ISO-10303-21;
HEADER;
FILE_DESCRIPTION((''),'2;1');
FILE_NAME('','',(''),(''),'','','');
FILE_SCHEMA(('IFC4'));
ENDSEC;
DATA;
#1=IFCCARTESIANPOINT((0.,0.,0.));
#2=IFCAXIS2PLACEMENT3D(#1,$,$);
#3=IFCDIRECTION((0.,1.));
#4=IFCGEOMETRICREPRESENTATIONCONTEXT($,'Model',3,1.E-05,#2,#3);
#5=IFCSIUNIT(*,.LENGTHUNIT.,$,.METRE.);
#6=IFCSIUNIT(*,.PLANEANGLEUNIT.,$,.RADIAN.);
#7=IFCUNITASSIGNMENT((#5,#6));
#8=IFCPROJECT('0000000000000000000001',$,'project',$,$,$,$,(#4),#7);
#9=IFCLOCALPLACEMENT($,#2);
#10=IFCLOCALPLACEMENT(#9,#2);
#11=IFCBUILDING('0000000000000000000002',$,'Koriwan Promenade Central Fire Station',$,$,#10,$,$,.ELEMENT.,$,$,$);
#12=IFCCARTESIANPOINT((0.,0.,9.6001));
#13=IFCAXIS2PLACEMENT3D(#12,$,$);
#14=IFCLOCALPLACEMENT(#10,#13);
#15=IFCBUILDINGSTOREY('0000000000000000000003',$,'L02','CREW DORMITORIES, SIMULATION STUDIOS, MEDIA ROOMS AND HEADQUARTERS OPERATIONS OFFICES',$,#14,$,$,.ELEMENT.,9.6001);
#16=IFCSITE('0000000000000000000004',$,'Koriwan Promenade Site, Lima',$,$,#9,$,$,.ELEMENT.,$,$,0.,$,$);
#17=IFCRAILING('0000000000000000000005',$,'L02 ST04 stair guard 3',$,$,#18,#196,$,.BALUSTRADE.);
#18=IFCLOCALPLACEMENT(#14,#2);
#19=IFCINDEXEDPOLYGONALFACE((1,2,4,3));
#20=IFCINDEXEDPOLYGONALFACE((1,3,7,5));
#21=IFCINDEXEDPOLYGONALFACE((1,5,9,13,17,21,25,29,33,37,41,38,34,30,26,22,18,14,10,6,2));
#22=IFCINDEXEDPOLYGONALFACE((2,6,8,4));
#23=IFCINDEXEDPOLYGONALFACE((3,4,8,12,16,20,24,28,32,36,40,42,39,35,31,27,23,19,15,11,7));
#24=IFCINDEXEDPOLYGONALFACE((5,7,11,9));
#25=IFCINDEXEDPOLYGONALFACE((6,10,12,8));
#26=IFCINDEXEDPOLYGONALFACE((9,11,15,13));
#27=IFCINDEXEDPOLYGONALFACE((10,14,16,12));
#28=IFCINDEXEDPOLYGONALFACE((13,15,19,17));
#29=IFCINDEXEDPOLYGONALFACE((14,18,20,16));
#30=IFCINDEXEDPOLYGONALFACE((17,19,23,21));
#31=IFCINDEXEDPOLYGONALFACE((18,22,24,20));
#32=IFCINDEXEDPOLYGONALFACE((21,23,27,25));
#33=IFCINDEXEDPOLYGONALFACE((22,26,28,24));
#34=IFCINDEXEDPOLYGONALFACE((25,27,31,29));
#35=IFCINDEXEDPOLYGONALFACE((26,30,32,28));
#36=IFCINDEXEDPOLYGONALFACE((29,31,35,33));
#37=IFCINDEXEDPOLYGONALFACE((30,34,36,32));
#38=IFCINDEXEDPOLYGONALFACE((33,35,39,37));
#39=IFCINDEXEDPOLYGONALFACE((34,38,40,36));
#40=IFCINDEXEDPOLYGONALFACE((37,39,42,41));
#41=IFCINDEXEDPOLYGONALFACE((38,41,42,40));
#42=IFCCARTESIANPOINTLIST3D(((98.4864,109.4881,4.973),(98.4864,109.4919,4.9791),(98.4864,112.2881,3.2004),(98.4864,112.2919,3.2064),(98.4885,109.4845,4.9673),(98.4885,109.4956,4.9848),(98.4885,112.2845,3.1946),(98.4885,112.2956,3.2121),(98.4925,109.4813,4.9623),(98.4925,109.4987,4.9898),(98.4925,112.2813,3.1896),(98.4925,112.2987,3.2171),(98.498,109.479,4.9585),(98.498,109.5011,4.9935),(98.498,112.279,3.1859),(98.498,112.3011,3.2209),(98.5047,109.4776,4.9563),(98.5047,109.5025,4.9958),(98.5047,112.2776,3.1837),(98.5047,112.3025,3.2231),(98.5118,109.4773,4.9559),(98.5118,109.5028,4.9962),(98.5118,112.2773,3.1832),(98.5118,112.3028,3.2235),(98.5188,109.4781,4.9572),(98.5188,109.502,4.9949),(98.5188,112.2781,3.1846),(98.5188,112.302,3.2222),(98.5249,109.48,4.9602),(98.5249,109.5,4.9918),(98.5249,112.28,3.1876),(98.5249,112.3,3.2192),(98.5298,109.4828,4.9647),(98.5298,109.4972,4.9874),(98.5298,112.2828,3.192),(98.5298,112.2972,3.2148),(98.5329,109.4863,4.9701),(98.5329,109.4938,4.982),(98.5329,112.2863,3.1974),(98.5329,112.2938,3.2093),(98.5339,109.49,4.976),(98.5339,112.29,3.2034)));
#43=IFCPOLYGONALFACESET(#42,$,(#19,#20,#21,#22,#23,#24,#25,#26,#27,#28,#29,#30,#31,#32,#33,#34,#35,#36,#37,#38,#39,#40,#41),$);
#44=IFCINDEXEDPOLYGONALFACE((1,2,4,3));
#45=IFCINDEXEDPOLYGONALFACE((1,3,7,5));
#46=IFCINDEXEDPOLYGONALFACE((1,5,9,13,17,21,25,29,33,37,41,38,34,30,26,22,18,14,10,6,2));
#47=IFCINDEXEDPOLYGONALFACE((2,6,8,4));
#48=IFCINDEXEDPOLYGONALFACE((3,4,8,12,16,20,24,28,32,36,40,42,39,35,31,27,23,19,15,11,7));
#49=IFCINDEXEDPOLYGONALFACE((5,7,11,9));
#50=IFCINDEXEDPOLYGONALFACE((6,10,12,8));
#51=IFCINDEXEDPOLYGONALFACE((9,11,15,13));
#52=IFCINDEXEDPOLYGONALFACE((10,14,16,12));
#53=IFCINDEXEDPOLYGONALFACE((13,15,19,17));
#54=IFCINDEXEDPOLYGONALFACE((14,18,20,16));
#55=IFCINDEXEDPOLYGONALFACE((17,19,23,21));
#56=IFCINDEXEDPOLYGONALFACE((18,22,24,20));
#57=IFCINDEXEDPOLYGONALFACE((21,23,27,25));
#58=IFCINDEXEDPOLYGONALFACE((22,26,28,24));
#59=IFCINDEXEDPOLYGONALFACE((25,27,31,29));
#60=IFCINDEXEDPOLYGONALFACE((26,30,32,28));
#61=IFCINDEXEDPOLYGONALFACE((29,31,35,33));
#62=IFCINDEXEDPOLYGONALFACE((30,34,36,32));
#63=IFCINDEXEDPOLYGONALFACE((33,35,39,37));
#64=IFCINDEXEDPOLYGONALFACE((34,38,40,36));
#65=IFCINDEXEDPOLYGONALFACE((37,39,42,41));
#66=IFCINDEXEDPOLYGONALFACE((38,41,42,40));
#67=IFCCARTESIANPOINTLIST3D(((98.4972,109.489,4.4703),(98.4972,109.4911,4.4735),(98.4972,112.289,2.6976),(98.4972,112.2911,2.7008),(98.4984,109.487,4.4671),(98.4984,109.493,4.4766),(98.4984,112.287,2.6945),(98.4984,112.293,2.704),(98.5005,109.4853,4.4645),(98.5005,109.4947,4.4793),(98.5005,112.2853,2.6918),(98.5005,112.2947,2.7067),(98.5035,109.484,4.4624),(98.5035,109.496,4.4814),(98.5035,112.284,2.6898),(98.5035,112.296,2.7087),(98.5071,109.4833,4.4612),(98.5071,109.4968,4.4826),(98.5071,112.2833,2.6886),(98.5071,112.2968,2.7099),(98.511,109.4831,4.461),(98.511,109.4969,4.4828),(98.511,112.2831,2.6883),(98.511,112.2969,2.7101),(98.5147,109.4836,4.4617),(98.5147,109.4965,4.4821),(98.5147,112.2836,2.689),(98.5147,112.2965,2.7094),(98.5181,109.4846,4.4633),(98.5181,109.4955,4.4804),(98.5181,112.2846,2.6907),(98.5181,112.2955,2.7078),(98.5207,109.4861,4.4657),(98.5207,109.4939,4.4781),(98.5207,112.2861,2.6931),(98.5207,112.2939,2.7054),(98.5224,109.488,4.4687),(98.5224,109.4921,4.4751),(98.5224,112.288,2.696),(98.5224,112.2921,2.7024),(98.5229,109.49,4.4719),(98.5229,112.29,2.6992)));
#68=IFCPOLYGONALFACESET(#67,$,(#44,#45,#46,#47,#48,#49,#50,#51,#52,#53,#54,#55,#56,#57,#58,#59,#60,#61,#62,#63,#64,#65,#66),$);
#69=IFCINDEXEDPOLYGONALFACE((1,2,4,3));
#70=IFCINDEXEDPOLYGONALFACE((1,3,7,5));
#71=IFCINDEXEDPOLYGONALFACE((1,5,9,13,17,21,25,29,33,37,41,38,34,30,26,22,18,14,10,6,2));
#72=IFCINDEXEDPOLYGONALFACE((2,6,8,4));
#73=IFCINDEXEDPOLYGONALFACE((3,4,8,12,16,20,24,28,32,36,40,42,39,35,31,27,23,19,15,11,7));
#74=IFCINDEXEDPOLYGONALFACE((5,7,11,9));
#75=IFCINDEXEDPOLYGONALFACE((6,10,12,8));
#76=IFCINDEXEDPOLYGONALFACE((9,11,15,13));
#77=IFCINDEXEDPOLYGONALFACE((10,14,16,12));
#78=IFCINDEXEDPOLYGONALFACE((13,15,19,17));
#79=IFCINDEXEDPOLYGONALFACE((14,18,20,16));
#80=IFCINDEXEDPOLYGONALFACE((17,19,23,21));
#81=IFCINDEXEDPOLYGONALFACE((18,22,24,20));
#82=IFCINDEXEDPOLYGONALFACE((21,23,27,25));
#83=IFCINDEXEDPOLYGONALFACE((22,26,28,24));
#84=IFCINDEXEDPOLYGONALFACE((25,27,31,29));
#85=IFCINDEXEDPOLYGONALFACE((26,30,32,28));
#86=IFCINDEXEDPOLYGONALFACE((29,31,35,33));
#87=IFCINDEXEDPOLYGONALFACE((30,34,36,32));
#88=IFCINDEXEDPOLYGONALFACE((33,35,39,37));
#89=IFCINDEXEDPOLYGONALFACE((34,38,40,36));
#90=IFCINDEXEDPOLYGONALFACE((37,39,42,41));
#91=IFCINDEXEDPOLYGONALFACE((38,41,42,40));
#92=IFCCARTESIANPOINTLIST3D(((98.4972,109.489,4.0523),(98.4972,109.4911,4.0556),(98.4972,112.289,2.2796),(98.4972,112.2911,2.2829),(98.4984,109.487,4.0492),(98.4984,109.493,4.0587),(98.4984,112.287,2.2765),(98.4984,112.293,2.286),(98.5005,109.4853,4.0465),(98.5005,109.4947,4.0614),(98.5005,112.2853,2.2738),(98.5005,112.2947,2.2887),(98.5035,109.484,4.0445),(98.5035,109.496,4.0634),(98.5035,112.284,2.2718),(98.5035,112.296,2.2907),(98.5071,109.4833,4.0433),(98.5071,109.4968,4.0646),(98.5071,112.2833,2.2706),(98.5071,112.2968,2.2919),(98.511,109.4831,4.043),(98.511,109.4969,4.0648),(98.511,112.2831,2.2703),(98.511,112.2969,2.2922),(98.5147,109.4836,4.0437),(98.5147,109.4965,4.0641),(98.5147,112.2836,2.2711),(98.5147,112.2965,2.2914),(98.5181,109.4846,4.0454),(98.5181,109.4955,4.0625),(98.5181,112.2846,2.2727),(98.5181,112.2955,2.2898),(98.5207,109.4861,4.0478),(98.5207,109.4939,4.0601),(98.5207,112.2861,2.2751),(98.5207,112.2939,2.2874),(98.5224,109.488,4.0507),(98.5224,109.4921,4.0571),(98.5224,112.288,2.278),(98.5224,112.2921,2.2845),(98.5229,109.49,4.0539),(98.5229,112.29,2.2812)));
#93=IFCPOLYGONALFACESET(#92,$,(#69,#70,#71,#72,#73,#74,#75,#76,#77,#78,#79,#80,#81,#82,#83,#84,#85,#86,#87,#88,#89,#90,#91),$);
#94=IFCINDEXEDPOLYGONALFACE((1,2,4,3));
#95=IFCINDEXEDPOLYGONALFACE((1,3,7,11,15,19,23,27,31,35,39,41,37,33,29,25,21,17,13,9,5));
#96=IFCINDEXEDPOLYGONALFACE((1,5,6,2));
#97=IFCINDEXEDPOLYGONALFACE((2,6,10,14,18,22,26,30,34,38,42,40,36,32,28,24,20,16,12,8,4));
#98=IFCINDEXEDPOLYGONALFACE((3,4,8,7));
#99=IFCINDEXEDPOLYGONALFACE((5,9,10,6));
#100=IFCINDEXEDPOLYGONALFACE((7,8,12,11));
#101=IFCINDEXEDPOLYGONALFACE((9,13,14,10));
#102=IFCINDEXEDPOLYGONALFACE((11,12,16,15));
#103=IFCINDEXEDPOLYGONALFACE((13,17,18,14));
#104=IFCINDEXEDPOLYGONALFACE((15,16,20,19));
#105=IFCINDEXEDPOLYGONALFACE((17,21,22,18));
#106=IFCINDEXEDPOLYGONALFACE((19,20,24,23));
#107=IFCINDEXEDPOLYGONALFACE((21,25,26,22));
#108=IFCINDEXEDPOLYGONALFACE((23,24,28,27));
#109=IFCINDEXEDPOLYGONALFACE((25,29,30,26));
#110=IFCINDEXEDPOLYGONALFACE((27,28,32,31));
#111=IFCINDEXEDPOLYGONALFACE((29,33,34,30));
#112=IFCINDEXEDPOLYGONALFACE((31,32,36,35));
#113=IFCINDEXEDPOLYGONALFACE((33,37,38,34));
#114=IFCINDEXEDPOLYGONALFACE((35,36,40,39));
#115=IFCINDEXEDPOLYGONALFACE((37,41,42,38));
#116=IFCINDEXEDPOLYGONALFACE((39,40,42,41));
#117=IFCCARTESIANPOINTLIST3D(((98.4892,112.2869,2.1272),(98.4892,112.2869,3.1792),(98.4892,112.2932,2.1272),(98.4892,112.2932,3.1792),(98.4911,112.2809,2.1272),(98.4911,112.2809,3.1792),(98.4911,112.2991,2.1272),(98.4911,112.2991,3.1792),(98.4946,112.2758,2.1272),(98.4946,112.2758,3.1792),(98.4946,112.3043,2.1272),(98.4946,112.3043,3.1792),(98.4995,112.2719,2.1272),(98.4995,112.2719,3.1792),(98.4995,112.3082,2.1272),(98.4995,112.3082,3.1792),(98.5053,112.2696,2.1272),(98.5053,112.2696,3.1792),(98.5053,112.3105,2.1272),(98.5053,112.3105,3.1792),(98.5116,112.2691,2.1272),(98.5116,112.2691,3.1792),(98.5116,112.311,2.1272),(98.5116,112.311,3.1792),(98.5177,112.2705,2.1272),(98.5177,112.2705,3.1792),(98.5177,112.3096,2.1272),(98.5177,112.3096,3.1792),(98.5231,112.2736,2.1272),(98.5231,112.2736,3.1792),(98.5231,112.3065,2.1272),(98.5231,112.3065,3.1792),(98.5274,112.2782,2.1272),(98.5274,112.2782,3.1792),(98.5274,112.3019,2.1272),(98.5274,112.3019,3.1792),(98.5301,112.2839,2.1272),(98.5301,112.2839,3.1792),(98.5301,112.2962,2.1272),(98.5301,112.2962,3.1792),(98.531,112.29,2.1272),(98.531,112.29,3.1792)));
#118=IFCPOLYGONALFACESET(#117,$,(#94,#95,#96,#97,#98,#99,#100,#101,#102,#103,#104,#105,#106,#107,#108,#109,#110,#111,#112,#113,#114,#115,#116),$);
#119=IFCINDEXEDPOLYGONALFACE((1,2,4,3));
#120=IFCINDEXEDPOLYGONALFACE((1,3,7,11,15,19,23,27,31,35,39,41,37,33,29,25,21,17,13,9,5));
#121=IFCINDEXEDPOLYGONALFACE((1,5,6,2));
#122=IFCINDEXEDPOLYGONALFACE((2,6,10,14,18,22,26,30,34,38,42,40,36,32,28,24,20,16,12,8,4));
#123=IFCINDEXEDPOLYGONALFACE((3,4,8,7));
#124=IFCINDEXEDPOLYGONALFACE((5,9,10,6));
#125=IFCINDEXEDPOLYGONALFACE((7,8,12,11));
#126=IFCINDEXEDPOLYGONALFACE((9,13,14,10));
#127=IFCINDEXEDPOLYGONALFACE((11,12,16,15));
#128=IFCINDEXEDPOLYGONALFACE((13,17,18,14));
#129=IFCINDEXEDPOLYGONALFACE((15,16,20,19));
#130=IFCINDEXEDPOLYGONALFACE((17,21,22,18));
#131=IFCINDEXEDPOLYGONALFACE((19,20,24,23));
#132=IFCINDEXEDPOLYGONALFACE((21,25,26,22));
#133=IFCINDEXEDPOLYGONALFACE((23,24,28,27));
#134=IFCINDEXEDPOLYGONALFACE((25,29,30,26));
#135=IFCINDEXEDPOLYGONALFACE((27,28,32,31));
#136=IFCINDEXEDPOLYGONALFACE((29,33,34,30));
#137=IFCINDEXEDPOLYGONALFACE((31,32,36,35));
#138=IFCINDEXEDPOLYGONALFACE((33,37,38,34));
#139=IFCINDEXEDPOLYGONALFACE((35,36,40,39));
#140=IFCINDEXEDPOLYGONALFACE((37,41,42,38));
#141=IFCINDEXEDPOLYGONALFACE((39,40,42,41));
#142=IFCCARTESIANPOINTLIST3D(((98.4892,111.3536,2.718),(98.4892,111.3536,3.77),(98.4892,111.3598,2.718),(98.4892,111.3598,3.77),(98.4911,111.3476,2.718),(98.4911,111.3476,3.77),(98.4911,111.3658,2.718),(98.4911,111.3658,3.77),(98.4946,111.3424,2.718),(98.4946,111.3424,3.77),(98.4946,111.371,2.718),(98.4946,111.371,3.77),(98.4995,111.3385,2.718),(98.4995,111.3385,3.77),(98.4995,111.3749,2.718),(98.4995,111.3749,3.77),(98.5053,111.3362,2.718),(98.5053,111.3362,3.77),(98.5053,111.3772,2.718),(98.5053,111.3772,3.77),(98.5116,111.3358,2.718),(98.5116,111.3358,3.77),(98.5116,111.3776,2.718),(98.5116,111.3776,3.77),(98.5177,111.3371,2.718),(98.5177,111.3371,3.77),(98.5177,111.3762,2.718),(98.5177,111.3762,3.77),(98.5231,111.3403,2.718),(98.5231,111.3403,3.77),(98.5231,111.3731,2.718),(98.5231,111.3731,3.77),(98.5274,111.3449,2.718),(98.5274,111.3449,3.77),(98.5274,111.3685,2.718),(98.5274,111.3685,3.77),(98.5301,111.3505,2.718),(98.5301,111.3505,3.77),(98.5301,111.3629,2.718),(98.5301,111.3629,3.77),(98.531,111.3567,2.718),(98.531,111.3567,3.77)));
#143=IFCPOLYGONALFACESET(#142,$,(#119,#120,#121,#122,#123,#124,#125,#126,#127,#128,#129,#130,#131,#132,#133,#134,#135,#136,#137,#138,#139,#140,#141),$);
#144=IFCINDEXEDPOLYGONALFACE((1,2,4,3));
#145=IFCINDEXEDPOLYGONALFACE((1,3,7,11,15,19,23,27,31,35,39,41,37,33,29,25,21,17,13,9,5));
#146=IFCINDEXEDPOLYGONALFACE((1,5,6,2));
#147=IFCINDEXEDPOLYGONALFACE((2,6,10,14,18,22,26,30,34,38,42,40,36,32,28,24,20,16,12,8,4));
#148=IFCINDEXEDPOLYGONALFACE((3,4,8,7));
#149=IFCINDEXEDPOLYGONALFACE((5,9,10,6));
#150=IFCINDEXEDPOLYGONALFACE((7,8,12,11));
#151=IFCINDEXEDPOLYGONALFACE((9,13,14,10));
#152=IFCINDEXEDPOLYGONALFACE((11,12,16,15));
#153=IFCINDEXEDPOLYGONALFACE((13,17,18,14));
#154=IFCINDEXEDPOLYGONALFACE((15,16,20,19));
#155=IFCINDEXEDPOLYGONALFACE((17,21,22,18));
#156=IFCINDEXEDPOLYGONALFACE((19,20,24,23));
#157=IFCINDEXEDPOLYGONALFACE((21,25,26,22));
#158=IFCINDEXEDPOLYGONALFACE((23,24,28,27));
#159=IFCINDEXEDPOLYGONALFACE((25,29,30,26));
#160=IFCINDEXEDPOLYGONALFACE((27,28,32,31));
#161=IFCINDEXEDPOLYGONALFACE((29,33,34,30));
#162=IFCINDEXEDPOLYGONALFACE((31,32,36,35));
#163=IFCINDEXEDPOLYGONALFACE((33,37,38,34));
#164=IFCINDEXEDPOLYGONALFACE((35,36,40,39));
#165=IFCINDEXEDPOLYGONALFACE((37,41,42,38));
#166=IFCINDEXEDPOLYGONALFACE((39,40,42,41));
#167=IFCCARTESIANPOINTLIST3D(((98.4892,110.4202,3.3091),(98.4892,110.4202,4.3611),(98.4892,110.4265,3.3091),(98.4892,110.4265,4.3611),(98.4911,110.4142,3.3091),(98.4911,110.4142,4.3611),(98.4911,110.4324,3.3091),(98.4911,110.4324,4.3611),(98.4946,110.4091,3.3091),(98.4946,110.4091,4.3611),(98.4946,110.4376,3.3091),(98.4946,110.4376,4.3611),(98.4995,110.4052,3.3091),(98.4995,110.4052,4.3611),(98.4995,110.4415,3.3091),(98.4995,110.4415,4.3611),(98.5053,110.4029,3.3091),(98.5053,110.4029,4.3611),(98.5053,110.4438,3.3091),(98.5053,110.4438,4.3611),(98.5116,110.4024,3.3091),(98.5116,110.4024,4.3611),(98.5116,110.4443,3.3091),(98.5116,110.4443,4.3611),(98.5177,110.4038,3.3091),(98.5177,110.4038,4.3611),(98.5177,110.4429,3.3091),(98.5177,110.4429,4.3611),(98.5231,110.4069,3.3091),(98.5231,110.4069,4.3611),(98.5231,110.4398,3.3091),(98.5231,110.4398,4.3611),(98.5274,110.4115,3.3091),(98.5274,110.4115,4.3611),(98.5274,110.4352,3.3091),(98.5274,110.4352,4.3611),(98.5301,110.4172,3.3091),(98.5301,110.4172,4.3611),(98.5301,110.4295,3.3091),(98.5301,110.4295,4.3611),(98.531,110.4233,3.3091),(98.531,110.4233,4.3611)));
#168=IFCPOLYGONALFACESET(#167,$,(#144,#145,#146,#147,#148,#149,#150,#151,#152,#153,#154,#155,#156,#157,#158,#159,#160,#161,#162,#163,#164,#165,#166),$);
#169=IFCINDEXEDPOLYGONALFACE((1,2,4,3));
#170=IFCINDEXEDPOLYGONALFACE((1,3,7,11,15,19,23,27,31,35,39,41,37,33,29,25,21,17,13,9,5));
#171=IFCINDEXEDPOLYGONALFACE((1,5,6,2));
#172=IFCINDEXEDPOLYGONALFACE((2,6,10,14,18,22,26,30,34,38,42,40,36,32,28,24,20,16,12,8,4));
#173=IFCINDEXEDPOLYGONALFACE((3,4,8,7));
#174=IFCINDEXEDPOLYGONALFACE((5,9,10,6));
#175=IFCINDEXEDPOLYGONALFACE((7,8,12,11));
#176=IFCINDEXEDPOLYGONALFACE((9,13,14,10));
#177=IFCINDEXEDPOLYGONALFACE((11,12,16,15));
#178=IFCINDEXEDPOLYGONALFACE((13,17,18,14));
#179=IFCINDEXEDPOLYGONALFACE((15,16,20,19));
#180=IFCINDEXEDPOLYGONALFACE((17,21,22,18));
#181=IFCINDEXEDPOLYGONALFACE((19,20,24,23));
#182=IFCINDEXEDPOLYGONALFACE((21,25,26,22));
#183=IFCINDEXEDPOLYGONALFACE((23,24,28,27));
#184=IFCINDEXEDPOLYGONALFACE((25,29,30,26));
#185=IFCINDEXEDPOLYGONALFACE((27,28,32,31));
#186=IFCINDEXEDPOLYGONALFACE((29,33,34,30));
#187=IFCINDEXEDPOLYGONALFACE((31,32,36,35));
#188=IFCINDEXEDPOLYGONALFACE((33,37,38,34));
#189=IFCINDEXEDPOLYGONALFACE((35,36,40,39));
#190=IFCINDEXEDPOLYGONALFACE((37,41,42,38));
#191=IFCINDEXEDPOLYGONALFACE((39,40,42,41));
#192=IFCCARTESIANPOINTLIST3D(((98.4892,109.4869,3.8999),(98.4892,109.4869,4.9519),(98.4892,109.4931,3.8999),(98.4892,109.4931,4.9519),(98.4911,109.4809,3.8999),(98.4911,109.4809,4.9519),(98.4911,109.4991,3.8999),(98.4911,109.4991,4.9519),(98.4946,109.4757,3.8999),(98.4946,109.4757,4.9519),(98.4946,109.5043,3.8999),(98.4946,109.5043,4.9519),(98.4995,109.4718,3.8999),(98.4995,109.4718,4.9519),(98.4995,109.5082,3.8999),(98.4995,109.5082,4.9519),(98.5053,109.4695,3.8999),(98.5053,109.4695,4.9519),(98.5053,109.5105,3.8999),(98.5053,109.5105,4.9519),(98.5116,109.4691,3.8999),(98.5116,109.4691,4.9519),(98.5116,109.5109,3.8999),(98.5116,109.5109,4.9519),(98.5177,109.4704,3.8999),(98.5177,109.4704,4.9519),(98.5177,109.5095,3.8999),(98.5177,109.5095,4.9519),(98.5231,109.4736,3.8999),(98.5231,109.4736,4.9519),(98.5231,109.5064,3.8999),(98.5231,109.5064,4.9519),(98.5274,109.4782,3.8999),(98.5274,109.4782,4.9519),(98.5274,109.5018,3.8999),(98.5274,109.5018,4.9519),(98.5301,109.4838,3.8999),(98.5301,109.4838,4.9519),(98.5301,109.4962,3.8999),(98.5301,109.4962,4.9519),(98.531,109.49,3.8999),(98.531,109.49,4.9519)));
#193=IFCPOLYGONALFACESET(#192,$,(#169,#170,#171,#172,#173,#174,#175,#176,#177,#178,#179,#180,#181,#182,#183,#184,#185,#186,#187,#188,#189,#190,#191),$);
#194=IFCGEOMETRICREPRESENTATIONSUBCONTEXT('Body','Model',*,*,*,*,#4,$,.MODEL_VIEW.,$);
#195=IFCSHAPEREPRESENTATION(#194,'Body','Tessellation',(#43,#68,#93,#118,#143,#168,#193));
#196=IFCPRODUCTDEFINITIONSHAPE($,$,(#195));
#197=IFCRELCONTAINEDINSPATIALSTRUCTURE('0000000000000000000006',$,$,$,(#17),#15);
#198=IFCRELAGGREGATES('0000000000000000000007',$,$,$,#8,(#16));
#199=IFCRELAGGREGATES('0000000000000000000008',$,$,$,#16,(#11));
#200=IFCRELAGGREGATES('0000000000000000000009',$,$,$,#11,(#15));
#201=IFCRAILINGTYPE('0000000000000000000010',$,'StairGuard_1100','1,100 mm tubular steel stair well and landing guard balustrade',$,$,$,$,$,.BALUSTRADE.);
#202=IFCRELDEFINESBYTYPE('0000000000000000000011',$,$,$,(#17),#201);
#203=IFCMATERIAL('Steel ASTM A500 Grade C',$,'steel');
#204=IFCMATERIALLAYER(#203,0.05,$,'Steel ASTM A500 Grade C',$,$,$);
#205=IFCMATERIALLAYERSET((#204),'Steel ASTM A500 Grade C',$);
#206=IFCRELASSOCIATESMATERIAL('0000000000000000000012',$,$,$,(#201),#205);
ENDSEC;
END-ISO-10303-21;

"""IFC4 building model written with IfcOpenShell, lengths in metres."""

from ifc_helpers import new_model, si_unit, direction, frame, origin, origin_2d, place, context, subcontext, project, spatial, circle, extrude, material, layer, layer_set, type_object, element, save


model = new_model("IFC4")

# Units and contexts
model_context = context("Model", 3, precision=1e-05, world=origin(), true_north=direction((0.0, 1.0)))
body_context = subcontext(model_context, "Body", "Model", "MODEL_VIEW")
ifc_project = project(units=[si_unit("LENGTHUNIT", "METRE"), si_unit("PLANEANGLEUNIT", "RADIAN")], contexts=[model_context])

# Site, building, storey
site_placement = place(None, origin())
site = spatial("IfcSite", under=ifc_project, at=site_placement, Name="Koriwan Promenade Site, Lima", CompositionType="ELEMENT", RefElevation=0.0)
building_placement = place(site_placement, origin())
building = spatial("IfcBuilding", under=site, at=building_placement, Name="Koriwan Promenade Central Fire Station", CompositionType="ELEMENT")
storey_placement = place(building_placement, frame((0.0, 0.0, 9.6001)))
storey = spatial("IfcBuildingStorey", under=building, at=storey_placement, Name="L02", Description="CREW DORMITORIES, SIMULATION STUDIOS, MEDIA ROOMS AND HEADQUARTERS OPERATIONS OFFICES", CompositionType="ELEMENT", Elevation=9.6001)

# Railing
ifc_material_1 = material(Name="Steel ASTM A500 Grade C", Category="steel")
ifc_layer_1 = layer(ifc_material_1, 0.05, Name="Steel ASTM A500 Grade C")
ifc_layer_set_1 = layer_set([ifc_layer_1], Name="Steel ASTM A500 Grade C")
railing_type_1 = type_object("IfcRailingType", Name="StairGuard_1100", Description="1,100 mm tubular steel stair well and landing guard balustrade", PredefinedType="BALUSTRADE", material=ifc_layer_set_1)
railing_1_placement = place(storey_placement, frame((98.51, 112.29, 2.1272)))
element("IfcRailing", 1, at=railing_1_placement, inside=storey, type_object=railing_type_1, Name="L02 ST04 stair guard 3", PredefinedType="BALUSTRADE", context=body_context, shape_type="SweptSolid", body=[
    extrude(circle(Radius=0.0239, at=origin_2d()), frame((0.0, 0.0, 1.0762), z_axis=(0.0, -0.844909, 0.53491), x_axis=(1.0, 0.0, 0.0)), (0.0, 0.0, 1.0), 3.314),
    extrude(circle(Radius=0.0129, at=origin_2d()), frame((0.0, 0.0, 0.572), z_axis=(0.0, -0.844909, 0.53491), x_axis=(1.0, 0.0, 0.0)), (0.0, 0.0, 1.0), 3.314),
    extrude(circle(Radius=0.0129, at=origin_2d()), frame((0.0, 0.0, 0.1541), z_axis=(0.0, -0.844909, 0.53491), x_axis=(1.0, 0.0, 0.0)), (0.0, 0.0, 1.0), 3.314),
    extrude(circle(Radius=0.021, at=origin_2d()), origin(), (0.0, 0.0, 1.0), 1.052),
    extrude(circle(Radius=0.021, at=origin_2d()), frame((0.0, -0.9333, 0.5908)), (0.0, 0.0, 1.0), 1.052),
    extrude(circle(Radius=0.021, at=origin_2d()), frame((0.0, -1.8667, 1.1819)), (0.0, 0.0, 1.0), 1.052),
    extrude(circle(Radius=0.021, at=origin_2d()), frame((0.0, -2.8, 1.7727)), (0.0, 0.0, 1.0), 1.052),
])

save(model, "model.ifc")
